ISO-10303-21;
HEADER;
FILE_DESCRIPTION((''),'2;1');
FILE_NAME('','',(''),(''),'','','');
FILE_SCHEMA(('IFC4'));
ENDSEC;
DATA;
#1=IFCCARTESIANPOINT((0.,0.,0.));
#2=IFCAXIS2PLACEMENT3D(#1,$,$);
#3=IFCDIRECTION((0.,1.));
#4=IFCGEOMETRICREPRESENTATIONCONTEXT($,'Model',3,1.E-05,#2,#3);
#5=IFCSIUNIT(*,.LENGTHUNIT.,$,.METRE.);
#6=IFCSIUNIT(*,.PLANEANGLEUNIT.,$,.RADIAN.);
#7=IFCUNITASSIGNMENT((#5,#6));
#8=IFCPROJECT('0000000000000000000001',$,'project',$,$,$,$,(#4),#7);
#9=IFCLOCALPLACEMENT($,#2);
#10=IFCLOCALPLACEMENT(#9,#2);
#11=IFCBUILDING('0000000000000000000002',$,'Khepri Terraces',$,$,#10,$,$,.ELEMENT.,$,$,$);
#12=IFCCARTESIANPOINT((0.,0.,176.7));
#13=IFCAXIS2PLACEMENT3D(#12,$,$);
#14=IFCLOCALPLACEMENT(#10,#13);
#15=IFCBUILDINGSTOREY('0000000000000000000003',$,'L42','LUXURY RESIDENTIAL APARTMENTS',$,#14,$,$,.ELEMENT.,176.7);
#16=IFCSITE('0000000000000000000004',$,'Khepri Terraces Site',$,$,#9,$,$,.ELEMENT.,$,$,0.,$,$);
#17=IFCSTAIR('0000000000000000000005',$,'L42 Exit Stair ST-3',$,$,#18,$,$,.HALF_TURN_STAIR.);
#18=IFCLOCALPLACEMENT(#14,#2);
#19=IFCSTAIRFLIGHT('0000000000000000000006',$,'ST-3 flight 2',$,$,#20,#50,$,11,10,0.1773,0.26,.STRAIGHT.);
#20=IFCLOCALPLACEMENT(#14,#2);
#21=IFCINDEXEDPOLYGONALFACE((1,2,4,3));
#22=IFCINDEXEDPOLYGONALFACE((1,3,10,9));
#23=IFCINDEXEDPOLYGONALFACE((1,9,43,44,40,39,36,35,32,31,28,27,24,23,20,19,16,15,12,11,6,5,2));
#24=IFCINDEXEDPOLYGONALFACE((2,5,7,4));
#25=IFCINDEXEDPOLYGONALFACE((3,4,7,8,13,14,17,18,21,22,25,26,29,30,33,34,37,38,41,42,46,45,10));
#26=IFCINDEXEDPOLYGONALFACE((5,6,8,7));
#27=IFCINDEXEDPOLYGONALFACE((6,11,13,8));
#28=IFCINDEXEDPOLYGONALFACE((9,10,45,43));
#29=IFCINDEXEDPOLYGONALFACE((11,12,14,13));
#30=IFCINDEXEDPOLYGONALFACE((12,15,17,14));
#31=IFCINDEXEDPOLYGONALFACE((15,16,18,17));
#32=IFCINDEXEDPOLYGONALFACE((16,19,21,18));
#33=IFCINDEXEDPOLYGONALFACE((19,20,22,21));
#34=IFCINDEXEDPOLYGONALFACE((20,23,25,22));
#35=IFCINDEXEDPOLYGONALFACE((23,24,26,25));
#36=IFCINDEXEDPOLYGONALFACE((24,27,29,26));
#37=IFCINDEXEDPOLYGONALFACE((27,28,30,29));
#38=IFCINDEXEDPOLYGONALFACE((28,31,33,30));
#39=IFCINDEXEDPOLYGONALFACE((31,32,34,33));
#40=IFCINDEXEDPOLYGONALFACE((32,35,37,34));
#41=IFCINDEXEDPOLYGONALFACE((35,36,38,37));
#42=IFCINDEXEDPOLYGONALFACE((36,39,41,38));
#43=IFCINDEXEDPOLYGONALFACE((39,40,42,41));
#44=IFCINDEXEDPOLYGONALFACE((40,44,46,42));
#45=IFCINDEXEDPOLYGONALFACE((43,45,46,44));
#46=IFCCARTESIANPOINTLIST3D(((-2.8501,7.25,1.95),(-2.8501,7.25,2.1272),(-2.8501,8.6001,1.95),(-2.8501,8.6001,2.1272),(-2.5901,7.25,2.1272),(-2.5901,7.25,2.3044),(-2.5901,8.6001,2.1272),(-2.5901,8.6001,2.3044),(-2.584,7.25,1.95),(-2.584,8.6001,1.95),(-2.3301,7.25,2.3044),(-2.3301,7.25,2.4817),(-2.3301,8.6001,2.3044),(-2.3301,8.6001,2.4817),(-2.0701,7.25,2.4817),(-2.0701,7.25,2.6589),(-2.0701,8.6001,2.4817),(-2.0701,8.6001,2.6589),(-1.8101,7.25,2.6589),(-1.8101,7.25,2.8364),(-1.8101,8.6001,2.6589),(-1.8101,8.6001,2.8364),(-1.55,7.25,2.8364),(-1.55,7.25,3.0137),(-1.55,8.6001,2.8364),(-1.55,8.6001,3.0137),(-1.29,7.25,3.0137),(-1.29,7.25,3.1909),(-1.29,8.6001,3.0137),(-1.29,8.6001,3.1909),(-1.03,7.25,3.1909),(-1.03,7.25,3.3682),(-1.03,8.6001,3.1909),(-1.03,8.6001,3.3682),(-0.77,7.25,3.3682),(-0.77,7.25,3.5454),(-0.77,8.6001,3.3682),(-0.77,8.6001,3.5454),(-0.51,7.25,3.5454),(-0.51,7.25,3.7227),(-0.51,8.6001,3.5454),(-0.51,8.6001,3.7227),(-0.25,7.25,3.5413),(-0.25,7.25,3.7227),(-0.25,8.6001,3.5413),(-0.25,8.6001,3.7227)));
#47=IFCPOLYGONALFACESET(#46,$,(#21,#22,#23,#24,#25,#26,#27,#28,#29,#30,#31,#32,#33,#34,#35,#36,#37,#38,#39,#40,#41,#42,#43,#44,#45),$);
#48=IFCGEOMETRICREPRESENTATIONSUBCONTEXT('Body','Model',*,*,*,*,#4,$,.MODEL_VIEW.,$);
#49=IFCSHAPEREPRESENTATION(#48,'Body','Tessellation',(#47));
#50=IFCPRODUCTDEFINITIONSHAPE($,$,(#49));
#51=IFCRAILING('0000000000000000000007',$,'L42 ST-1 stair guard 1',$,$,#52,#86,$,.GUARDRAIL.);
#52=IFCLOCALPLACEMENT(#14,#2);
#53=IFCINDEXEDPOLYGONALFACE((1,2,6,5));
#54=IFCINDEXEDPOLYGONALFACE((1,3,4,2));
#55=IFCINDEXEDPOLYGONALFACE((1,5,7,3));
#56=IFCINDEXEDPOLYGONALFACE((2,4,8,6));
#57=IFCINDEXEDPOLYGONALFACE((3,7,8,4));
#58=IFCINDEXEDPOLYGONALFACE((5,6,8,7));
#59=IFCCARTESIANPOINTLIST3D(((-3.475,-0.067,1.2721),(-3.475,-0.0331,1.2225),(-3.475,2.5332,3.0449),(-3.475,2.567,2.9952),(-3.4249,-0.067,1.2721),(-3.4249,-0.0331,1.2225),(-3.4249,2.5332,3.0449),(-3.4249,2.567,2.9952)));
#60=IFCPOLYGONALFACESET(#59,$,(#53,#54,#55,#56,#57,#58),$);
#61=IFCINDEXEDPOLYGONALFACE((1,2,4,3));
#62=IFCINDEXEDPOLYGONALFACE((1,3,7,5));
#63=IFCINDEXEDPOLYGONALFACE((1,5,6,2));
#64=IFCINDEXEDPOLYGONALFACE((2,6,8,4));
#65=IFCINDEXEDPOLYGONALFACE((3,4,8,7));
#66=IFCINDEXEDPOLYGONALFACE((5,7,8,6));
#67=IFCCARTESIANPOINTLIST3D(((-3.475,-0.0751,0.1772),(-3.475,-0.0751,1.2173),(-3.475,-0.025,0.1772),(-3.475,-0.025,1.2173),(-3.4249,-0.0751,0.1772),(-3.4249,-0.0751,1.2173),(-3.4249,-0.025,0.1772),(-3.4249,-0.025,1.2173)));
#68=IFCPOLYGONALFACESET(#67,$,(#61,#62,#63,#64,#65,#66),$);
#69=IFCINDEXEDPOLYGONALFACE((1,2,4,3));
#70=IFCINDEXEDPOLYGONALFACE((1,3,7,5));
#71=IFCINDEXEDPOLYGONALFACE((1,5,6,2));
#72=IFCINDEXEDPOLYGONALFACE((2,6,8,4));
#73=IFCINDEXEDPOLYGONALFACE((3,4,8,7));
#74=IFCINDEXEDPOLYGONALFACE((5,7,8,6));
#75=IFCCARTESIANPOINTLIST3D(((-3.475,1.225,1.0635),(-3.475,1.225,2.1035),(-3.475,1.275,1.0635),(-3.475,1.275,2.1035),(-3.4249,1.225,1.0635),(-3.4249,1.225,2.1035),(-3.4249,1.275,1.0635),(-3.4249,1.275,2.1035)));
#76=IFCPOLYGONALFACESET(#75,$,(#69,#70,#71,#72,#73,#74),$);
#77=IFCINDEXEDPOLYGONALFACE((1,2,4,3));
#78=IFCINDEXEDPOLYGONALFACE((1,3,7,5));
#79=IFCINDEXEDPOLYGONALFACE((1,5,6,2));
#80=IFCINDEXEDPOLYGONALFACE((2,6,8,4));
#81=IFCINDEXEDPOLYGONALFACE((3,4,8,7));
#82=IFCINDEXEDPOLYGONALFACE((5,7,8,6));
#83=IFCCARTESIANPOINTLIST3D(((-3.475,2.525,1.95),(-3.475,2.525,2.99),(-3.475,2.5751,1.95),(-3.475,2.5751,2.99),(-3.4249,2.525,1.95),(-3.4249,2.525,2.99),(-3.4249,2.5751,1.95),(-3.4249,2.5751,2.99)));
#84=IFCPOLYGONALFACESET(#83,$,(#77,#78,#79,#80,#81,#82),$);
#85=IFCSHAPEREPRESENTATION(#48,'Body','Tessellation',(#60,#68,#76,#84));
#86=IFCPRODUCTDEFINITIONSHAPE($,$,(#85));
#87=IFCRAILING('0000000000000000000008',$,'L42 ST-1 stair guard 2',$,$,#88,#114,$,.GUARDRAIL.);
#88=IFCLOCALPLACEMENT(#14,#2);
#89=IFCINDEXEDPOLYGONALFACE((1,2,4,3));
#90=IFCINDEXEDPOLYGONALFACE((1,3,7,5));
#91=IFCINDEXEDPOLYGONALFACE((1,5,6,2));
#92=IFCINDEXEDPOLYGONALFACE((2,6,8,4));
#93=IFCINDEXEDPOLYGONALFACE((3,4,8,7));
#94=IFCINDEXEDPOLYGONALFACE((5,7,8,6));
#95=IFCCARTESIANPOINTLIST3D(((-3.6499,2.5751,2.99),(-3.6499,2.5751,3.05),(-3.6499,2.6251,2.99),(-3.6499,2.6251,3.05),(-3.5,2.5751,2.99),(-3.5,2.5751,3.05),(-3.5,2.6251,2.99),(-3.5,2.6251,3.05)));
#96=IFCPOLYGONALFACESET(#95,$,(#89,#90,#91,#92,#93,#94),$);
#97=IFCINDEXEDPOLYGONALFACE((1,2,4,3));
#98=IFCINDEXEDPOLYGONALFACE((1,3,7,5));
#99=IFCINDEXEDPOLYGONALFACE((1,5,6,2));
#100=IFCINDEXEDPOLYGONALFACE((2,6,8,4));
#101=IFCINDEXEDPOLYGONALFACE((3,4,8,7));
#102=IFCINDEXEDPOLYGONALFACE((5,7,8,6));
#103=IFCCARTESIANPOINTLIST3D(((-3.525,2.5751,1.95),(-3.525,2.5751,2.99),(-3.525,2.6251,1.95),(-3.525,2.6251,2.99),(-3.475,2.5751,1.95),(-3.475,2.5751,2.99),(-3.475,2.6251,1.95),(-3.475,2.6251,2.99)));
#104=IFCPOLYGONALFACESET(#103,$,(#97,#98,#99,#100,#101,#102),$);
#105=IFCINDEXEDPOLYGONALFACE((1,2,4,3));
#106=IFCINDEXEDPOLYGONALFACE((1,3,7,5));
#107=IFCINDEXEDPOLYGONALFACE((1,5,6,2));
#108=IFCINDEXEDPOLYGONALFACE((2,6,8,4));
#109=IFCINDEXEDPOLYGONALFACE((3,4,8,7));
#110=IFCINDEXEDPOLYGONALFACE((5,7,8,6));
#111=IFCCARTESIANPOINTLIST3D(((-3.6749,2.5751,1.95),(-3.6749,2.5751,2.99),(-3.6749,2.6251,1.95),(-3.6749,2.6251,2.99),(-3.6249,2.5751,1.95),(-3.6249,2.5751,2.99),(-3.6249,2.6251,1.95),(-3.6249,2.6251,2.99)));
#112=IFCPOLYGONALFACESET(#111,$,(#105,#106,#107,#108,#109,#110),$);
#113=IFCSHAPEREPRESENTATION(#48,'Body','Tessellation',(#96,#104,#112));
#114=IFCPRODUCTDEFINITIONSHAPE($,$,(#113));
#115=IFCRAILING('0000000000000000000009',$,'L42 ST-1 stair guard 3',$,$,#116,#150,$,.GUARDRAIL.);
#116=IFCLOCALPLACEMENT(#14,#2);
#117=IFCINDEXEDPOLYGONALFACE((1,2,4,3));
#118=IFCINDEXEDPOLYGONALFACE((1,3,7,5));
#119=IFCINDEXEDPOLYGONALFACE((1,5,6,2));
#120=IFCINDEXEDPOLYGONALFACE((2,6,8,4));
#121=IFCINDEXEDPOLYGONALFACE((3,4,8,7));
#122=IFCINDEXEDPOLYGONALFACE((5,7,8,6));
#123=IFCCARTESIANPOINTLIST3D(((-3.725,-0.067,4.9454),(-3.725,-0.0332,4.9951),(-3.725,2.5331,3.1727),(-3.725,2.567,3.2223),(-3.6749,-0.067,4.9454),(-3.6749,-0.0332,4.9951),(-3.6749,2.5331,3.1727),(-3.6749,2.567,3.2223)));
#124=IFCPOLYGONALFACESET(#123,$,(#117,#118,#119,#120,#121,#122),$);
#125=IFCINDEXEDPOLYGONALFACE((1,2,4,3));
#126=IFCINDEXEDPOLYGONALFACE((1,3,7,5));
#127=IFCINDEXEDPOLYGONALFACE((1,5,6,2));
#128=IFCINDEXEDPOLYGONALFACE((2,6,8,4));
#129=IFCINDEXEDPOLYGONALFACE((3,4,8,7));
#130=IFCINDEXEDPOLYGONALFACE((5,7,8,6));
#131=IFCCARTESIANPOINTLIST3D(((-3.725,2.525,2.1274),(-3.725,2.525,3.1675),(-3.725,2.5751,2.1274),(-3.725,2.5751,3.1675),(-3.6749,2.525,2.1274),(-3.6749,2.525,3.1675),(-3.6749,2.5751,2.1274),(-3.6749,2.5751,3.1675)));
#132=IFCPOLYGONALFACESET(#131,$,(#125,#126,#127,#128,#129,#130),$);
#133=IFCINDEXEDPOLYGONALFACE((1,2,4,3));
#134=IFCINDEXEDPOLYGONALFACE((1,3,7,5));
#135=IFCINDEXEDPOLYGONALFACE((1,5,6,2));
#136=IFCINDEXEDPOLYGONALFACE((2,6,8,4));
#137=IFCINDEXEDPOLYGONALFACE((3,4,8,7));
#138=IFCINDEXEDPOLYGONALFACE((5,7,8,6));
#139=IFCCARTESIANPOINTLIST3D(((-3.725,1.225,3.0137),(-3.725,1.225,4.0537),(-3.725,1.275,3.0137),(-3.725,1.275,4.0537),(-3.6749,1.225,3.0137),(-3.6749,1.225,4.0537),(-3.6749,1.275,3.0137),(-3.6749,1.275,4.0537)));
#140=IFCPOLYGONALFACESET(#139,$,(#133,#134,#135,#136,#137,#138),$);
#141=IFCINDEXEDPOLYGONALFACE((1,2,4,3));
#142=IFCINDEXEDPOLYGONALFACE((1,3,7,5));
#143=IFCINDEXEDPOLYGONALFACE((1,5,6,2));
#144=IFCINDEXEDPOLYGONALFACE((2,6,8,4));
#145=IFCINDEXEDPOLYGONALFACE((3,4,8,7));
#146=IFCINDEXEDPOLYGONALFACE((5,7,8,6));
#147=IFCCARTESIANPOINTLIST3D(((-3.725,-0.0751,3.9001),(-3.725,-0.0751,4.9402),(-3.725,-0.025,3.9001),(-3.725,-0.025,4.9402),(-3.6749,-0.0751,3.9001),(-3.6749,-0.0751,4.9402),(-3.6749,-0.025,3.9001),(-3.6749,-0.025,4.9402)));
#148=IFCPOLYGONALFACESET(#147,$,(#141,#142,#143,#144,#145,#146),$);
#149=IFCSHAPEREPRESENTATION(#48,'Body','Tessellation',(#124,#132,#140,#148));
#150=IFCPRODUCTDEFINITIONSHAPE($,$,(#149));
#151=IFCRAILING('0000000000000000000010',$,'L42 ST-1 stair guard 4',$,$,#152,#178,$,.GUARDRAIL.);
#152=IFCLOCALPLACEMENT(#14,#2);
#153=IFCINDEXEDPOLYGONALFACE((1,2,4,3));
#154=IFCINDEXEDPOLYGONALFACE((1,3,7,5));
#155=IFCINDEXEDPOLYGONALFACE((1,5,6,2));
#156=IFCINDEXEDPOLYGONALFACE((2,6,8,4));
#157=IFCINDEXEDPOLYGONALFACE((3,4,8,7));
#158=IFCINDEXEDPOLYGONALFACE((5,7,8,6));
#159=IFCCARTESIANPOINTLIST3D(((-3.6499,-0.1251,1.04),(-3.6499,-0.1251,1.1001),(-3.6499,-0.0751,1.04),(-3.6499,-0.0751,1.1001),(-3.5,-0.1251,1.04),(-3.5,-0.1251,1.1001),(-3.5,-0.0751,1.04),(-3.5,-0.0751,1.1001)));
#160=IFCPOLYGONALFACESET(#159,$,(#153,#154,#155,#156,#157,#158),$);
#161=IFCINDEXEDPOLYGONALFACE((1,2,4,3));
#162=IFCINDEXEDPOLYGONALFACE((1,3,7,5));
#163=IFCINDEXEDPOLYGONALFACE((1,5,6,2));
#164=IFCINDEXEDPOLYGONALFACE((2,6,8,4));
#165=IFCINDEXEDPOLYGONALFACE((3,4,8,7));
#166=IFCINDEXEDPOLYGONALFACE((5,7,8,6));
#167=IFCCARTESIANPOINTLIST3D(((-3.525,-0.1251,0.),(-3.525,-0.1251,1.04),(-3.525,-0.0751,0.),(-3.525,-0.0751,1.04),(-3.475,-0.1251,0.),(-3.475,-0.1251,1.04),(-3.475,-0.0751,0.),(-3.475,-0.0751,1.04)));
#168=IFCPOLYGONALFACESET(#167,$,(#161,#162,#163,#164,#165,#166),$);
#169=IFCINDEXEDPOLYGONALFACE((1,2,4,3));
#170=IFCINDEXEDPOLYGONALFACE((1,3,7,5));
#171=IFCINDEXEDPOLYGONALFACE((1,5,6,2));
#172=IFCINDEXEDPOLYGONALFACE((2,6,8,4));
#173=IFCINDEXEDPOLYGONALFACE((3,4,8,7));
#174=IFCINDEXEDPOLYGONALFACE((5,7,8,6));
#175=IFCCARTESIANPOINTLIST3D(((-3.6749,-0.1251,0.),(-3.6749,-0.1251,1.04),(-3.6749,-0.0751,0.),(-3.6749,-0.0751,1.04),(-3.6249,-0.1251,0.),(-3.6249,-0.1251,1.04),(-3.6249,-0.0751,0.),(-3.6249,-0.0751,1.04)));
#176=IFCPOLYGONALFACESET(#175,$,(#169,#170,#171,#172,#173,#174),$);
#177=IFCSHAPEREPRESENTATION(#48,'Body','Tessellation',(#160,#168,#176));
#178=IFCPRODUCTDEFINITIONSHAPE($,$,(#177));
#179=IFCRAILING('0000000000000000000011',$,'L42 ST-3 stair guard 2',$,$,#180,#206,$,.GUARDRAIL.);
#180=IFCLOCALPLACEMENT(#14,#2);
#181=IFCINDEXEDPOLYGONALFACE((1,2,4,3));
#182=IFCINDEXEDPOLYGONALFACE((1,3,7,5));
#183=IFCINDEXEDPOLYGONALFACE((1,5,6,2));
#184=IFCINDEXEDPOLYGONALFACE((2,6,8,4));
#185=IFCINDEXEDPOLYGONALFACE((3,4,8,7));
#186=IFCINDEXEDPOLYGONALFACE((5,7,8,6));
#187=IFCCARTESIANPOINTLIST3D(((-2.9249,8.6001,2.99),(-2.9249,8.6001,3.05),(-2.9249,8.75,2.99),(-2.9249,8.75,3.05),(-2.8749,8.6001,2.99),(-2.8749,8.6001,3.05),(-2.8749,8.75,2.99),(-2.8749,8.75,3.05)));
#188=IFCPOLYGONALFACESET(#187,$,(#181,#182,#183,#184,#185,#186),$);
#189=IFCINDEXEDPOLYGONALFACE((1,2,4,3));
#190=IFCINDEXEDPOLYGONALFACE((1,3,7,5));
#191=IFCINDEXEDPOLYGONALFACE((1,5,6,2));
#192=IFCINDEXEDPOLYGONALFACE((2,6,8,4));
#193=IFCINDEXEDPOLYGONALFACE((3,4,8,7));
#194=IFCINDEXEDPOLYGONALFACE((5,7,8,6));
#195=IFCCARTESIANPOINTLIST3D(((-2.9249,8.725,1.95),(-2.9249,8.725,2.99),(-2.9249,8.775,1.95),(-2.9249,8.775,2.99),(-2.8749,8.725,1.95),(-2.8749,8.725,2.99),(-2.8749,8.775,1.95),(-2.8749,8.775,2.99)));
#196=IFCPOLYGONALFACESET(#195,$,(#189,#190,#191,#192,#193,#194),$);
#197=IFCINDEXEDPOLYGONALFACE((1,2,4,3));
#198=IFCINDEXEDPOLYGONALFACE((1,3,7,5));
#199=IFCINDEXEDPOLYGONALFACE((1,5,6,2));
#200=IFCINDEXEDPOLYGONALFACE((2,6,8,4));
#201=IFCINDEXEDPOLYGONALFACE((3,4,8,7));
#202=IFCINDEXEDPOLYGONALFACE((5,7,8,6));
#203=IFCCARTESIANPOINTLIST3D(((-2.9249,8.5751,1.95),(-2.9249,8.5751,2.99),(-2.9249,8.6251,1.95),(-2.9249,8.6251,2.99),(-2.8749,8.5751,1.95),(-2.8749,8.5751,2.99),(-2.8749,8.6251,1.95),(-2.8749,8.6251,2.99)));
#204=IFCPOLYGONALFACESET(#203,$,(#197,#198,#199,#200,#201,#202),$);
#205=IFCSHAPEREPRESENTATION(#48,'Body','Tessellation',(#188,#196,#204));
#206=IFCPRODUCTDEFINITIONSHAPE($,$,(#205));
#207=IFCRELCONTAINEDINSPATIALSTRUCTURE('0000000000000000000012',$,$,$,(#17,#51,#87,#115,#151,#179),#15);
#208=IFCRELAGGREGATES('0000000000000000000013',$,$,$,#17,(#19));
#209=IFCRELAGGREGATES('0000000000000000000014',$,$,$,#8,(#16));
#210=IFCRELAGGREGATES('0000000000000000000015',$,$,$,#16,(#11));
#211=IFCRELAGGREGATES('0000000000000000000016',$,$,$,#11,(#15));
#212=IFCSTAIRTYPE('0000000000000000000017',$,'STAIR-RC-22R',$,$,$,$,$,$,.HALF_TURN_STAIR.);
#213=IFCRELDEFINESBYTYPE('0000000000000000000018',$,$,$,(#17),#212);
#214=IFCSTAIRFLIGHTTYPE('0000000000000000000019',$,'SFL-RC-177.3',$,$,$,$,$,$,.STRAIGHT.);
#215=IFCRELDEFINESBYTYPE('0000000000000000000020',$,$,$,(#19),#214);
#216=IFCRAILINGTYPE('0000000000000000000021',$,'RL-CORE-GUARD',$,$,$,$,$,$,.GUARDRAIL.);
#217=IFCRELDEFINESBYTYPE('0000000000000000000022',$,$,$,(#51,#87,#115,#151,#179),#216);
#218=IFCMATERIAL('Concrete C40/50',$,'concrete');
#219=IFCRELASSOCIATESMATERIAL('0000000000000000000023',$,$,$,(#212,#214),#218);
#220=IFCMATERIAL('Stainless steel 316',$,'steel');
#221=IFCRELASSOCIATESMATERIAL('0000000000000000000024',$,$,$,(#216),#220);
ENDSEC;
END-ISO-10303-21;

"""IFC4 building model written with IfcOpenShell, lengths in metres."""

from ifc_helpers import new_model, si_unit, direction, frame, origin, origin_2d, place, context, subcontext, project, spatial, polyline, rectangle, outline, extrude, material, type_object, element, aggregate, save


model = new_model("IFC4")

# Units and contexts
model_context = context("Model", 3, precision=1e-05, world=origin(), true_north=direction((0.0, 1.0)))
body_context = subcontext(model_context, "Body", "Model", "MODEL_VIEW")
ifc_project = project(units=[si_unit("LENGTHUNIT", "METRE"), si_unit("PLANEANGLEUNIT", "RADIAN")], contexts=[model_context])

# Site, building, storey
site_placement = place(None, origin())
site = spatial("IfcSite", under=ifc_project, at=site_placement, Name="Khepri Terraces Site", CompositionType="ELEMENT", RefElevation=0.0)
building_placement = place(site_placement, origin())
building = spatial("IfcBuilding", under=site, at=building_placement, Name="Khepri Terraces", CompositionType="ELEMENT")
storey_placement = place(building_placement, frame((0.0, 0.0, 176.7)))
storey = spatial("IfcBuildingStorey", under=building, at=storey_placement, Name="L42", Description="LUXURY RESIDENTIAL APARTMENTS", CompositionType="ELEMENT", Elevation=176.7)

# Shared definitions
ifc_material_1 = material(Name="Concrete C40/50", Category="concrete")
stair_type = type_object("IfcStairType", Name="STAIR-RC-22R", PredefinedType="HALF_TURN_STAIR", material=ifc_material_1)
stair_flight_type = type_object("IfcStairFlightType", Name="SFL-RC-177.3", PredefinedType="STRAIGHT", material=ifc_material_1)

# Stair, stair flight
stair_1_placement = place(storey_placement, origin())
stair_1 = element("IfcStair", 1, at=stair_1_placement, inside=storey, type_object=stair_type, Name="L42 Exit Stair ST-3", PredefinedType="HALF_TURN_STAIR")
stair_flight_1_placement = place(storey_placement, frame((-2.8501, 7.925, 1.95), z_axis=(0.0, 0.0, 1.0), x_axis=(1.0, 0.0, 0.0)))
stair_flight_1 = element("IfcStairFlight", 2, at=stair_flight_1_placement, type_object=stair_flight_type, Name="ST-3 flight 2", NumberOfRisers=11, NumberOfTreads=10, PredefinedType="STRAIGHT", RiserHeight=0.1773, TreadLength=0.26, context=body_context, shape_type="SweptSolid", body=[
    extrude(outline(polyline([(0.0, 0.0), (0.0, 0.1772), (0.26, 0.1772), (0.26, 0.3545), (0.52, 0.3545), (0.52, 0.5317), (0.78, 0.5317), (0.78, 0.709), (1.04, 0.709), (1.04, 0.8865), (1.3, 0.8865), (1.3, 1.0637), (1.5601, 1.0637), (1.5601, 1.241), (1.8201, 1.241), (1.8201, 1.4182), (2.0801, 1.4182), (2.0801, 1.5955), (2.3401, 1.5955), (2.3401, 1.7727), (2.6001, 1.7727), (2.6001, 1.95), (2.6001, 1.5913), (0.2661, 0.0), (0.0, 0.0)])), frame((0.0, 0.675, 0.0), z_axis=(0.0, -1.0, 0.0), x_axis=(1.0, 0.0, 0.0)), (0.0, 0.0, 1.0), 1.3501),
])
aggregate(stair_1, [stair_flight_1])

# Railings
ifc_material_2 = material(Name="Stainless steel 316", Category="steel")
railing_type_1 = type_object("IfcRailingType", Name="RL-CORE-GUARD", PredefinedType="GUARDRAIL", material=ifc_material_2)
railing_1_placement = place(storey_placement, frame((-3.45, -0.05, 0.1772)))
element("IfcRailing", 3, at=railing_1_placement, inside=storey, type_object=railing_type_1, Name="L42 ST-1 stair guard 1", PredefinedType="GUARDRAIL", context=body_context, shape_type="SweptSolid", body=[
    extrude(rectangle(XDim=0.05, YDim=0.0601, at=origin_2d()), frame((0.0, 0.0, 1.0701), z_axis=(0.0, 0.82624, 0.563318), x_axis=(-1.0, 0.0, 0.0)), (0.0, 0.0, 1.0), 3.147),
    extrude(rectangle(XDim=0.05, YDim=0.05, at=origin_2d()), origin(), (0.0, 0.0, 1.0), 1.04),
    extrude(rectangle(XDim=0.05, YDim=0.05, at=origin_2d()), frame((0.0, 1.3, 0.8862)), (0.0, 0.0, 1.0), 1.04),
    extrude(rectangle(XDim=0.05, YDim=0.05, at=origin_2d()), frame((0.0, 2.6001, 1.7727)), (0.0, 0.0, 1.0), 1.04),
])
railing_2_placement = place(storey_placement, frame((-3.5, 2.6001, 1.95)))
element("IfcRailing", 4, at=railing_2_placement, inside=storey, type_object=railing_type_1, Name="L42 ST-1 stair guard 2", PredefinedType="GUARDRAIL", context=body_context, shape_type="SweptSolid", body=[
    extrude(rectangle(XDim=0.05, YDim=0.0601, at=origin_2d()), frame((0.0, 0.0, 1.0701), z_axis=(-1.0, 0.0, 0.0), x_axis=(0.0, -1.0, 0.0)), (0.0, 0.0, 1.0), 0.1499),
    extrude(rectangle(XDim=0.05, YDim=0.05, at=origin_2d()), origin(), (0.0, 0.0, 1.0), 1.04),
    extrude(rectangle(XDim=0.05, YDim=0.05, at=origin_2d()), frame((-0.1499, 0.0, 0.0)), (0.0, 0.0, 1.0), 1.04),
])
railing_3_placement = place(storey_placement, frame((-3.7, 2.55, 2.1274)))
element("IfcRailing", 5, at=railing_3_placement, inside=storey, type_object=railing_type_1, Name="L42 ST-1 stair guard 3", PredefinedType="GUARDRAIL", context=body_context, shape_type="SweptSolid", body=[
    extrude(rectangle(XDim=0.05, YDim=0.0601, at=origin_2d()), frame((0.0, 0.0, 1.0701), z_axis=(0.0, -0.82624, 0.563318), x_axis=(1.0, 0.0, 0.0)), (0.0, 0.0, 1.0), 3.147),
    extrude(rectangle(XDim=0.05, YDim=0.05, at=origin_2d()), origin(), (0.0, 0.0, 1.0), 1.04),
    extrude(rectangle(XDim=0.05, YDim=0.05, at=origin_2d()), frame((0.0, -1.3, 0.8862)), (0.0, 0.0, 1.0), 1.04),
    extrude(rectangle(XDim=0.05, YDim=0.05, at=origin_2d()), frame((0.0, -2.6001, 1.7727)), (0.0, 0.0, 1.0), 1.04),
])
railing_4_placement = place(storey_placement, frame((-3.5, -0.1001, 0.0)))
element("IfcRailing", 6, at=railing_4_placement, inside=storey, type_object=railing_type_1, Name="L42 ST-1 stair guard 4", PredefinedType="GUARDRAIL", context=body_context, shape_type="SweptSolid", body=[
    extrude(rectangle(XDim=0.05, YDim=0.0601, at=origin_2d()), frame((0.0, 0.0, 1.0701), z_axis=(-1.0, 0.0, 0.0), x_axis=(0.0, -1.0, 0.0)), (0.0, 0.0, 1.0), 0.1499),
    extrude(rectangle(XDim=0.05, YDim=0.05, at=origin_2d()), origin(), (0.0, 0.0, 1.0), 1.04),
    extrude(rectangle(XDim=0.05, YDim=0.05, at=origin_2d()), frame((-0.1499, 0.0, 0.0)), (0.0, 0.0, 1.0), 1.04),
])
railing_5_placement = place(storey_placement, frame((-2.8999, 8.75, 1.95)))
element("IfcRailing", 7, at=railing_5_placement, inside=storey, type_object=railing_type_1, Name="L42 ST-3 stair guard 2", PredefinedType="GUARDRAIL", context=body_context, shape_type="SweptSolid", body=[
    extrude(rectangle(XDim=0.05, YDim=0.0601, at=origin_2d()), frame((0.0, 0.0, 1.0701), z_axis=(0.0, -1.0, 0.0), x_axis=(1.0, 0.0, 0.0)), (0.0, 0.0, 1.0), 0.1499),
    extrude(rectangle(XDim=0.05, YDim=0.05, at=origin_2d()), origin(), (0.0, 0.0, 1.0), 1.04),
    extrude(rectangle(XDim=0.05, YDim=0.05, at=origin_2d()), frame((0.0, -0.1499, 0.0)), (0.0, 0.0, 1.0), 1.04),
])

save(model, "model.ifc")
